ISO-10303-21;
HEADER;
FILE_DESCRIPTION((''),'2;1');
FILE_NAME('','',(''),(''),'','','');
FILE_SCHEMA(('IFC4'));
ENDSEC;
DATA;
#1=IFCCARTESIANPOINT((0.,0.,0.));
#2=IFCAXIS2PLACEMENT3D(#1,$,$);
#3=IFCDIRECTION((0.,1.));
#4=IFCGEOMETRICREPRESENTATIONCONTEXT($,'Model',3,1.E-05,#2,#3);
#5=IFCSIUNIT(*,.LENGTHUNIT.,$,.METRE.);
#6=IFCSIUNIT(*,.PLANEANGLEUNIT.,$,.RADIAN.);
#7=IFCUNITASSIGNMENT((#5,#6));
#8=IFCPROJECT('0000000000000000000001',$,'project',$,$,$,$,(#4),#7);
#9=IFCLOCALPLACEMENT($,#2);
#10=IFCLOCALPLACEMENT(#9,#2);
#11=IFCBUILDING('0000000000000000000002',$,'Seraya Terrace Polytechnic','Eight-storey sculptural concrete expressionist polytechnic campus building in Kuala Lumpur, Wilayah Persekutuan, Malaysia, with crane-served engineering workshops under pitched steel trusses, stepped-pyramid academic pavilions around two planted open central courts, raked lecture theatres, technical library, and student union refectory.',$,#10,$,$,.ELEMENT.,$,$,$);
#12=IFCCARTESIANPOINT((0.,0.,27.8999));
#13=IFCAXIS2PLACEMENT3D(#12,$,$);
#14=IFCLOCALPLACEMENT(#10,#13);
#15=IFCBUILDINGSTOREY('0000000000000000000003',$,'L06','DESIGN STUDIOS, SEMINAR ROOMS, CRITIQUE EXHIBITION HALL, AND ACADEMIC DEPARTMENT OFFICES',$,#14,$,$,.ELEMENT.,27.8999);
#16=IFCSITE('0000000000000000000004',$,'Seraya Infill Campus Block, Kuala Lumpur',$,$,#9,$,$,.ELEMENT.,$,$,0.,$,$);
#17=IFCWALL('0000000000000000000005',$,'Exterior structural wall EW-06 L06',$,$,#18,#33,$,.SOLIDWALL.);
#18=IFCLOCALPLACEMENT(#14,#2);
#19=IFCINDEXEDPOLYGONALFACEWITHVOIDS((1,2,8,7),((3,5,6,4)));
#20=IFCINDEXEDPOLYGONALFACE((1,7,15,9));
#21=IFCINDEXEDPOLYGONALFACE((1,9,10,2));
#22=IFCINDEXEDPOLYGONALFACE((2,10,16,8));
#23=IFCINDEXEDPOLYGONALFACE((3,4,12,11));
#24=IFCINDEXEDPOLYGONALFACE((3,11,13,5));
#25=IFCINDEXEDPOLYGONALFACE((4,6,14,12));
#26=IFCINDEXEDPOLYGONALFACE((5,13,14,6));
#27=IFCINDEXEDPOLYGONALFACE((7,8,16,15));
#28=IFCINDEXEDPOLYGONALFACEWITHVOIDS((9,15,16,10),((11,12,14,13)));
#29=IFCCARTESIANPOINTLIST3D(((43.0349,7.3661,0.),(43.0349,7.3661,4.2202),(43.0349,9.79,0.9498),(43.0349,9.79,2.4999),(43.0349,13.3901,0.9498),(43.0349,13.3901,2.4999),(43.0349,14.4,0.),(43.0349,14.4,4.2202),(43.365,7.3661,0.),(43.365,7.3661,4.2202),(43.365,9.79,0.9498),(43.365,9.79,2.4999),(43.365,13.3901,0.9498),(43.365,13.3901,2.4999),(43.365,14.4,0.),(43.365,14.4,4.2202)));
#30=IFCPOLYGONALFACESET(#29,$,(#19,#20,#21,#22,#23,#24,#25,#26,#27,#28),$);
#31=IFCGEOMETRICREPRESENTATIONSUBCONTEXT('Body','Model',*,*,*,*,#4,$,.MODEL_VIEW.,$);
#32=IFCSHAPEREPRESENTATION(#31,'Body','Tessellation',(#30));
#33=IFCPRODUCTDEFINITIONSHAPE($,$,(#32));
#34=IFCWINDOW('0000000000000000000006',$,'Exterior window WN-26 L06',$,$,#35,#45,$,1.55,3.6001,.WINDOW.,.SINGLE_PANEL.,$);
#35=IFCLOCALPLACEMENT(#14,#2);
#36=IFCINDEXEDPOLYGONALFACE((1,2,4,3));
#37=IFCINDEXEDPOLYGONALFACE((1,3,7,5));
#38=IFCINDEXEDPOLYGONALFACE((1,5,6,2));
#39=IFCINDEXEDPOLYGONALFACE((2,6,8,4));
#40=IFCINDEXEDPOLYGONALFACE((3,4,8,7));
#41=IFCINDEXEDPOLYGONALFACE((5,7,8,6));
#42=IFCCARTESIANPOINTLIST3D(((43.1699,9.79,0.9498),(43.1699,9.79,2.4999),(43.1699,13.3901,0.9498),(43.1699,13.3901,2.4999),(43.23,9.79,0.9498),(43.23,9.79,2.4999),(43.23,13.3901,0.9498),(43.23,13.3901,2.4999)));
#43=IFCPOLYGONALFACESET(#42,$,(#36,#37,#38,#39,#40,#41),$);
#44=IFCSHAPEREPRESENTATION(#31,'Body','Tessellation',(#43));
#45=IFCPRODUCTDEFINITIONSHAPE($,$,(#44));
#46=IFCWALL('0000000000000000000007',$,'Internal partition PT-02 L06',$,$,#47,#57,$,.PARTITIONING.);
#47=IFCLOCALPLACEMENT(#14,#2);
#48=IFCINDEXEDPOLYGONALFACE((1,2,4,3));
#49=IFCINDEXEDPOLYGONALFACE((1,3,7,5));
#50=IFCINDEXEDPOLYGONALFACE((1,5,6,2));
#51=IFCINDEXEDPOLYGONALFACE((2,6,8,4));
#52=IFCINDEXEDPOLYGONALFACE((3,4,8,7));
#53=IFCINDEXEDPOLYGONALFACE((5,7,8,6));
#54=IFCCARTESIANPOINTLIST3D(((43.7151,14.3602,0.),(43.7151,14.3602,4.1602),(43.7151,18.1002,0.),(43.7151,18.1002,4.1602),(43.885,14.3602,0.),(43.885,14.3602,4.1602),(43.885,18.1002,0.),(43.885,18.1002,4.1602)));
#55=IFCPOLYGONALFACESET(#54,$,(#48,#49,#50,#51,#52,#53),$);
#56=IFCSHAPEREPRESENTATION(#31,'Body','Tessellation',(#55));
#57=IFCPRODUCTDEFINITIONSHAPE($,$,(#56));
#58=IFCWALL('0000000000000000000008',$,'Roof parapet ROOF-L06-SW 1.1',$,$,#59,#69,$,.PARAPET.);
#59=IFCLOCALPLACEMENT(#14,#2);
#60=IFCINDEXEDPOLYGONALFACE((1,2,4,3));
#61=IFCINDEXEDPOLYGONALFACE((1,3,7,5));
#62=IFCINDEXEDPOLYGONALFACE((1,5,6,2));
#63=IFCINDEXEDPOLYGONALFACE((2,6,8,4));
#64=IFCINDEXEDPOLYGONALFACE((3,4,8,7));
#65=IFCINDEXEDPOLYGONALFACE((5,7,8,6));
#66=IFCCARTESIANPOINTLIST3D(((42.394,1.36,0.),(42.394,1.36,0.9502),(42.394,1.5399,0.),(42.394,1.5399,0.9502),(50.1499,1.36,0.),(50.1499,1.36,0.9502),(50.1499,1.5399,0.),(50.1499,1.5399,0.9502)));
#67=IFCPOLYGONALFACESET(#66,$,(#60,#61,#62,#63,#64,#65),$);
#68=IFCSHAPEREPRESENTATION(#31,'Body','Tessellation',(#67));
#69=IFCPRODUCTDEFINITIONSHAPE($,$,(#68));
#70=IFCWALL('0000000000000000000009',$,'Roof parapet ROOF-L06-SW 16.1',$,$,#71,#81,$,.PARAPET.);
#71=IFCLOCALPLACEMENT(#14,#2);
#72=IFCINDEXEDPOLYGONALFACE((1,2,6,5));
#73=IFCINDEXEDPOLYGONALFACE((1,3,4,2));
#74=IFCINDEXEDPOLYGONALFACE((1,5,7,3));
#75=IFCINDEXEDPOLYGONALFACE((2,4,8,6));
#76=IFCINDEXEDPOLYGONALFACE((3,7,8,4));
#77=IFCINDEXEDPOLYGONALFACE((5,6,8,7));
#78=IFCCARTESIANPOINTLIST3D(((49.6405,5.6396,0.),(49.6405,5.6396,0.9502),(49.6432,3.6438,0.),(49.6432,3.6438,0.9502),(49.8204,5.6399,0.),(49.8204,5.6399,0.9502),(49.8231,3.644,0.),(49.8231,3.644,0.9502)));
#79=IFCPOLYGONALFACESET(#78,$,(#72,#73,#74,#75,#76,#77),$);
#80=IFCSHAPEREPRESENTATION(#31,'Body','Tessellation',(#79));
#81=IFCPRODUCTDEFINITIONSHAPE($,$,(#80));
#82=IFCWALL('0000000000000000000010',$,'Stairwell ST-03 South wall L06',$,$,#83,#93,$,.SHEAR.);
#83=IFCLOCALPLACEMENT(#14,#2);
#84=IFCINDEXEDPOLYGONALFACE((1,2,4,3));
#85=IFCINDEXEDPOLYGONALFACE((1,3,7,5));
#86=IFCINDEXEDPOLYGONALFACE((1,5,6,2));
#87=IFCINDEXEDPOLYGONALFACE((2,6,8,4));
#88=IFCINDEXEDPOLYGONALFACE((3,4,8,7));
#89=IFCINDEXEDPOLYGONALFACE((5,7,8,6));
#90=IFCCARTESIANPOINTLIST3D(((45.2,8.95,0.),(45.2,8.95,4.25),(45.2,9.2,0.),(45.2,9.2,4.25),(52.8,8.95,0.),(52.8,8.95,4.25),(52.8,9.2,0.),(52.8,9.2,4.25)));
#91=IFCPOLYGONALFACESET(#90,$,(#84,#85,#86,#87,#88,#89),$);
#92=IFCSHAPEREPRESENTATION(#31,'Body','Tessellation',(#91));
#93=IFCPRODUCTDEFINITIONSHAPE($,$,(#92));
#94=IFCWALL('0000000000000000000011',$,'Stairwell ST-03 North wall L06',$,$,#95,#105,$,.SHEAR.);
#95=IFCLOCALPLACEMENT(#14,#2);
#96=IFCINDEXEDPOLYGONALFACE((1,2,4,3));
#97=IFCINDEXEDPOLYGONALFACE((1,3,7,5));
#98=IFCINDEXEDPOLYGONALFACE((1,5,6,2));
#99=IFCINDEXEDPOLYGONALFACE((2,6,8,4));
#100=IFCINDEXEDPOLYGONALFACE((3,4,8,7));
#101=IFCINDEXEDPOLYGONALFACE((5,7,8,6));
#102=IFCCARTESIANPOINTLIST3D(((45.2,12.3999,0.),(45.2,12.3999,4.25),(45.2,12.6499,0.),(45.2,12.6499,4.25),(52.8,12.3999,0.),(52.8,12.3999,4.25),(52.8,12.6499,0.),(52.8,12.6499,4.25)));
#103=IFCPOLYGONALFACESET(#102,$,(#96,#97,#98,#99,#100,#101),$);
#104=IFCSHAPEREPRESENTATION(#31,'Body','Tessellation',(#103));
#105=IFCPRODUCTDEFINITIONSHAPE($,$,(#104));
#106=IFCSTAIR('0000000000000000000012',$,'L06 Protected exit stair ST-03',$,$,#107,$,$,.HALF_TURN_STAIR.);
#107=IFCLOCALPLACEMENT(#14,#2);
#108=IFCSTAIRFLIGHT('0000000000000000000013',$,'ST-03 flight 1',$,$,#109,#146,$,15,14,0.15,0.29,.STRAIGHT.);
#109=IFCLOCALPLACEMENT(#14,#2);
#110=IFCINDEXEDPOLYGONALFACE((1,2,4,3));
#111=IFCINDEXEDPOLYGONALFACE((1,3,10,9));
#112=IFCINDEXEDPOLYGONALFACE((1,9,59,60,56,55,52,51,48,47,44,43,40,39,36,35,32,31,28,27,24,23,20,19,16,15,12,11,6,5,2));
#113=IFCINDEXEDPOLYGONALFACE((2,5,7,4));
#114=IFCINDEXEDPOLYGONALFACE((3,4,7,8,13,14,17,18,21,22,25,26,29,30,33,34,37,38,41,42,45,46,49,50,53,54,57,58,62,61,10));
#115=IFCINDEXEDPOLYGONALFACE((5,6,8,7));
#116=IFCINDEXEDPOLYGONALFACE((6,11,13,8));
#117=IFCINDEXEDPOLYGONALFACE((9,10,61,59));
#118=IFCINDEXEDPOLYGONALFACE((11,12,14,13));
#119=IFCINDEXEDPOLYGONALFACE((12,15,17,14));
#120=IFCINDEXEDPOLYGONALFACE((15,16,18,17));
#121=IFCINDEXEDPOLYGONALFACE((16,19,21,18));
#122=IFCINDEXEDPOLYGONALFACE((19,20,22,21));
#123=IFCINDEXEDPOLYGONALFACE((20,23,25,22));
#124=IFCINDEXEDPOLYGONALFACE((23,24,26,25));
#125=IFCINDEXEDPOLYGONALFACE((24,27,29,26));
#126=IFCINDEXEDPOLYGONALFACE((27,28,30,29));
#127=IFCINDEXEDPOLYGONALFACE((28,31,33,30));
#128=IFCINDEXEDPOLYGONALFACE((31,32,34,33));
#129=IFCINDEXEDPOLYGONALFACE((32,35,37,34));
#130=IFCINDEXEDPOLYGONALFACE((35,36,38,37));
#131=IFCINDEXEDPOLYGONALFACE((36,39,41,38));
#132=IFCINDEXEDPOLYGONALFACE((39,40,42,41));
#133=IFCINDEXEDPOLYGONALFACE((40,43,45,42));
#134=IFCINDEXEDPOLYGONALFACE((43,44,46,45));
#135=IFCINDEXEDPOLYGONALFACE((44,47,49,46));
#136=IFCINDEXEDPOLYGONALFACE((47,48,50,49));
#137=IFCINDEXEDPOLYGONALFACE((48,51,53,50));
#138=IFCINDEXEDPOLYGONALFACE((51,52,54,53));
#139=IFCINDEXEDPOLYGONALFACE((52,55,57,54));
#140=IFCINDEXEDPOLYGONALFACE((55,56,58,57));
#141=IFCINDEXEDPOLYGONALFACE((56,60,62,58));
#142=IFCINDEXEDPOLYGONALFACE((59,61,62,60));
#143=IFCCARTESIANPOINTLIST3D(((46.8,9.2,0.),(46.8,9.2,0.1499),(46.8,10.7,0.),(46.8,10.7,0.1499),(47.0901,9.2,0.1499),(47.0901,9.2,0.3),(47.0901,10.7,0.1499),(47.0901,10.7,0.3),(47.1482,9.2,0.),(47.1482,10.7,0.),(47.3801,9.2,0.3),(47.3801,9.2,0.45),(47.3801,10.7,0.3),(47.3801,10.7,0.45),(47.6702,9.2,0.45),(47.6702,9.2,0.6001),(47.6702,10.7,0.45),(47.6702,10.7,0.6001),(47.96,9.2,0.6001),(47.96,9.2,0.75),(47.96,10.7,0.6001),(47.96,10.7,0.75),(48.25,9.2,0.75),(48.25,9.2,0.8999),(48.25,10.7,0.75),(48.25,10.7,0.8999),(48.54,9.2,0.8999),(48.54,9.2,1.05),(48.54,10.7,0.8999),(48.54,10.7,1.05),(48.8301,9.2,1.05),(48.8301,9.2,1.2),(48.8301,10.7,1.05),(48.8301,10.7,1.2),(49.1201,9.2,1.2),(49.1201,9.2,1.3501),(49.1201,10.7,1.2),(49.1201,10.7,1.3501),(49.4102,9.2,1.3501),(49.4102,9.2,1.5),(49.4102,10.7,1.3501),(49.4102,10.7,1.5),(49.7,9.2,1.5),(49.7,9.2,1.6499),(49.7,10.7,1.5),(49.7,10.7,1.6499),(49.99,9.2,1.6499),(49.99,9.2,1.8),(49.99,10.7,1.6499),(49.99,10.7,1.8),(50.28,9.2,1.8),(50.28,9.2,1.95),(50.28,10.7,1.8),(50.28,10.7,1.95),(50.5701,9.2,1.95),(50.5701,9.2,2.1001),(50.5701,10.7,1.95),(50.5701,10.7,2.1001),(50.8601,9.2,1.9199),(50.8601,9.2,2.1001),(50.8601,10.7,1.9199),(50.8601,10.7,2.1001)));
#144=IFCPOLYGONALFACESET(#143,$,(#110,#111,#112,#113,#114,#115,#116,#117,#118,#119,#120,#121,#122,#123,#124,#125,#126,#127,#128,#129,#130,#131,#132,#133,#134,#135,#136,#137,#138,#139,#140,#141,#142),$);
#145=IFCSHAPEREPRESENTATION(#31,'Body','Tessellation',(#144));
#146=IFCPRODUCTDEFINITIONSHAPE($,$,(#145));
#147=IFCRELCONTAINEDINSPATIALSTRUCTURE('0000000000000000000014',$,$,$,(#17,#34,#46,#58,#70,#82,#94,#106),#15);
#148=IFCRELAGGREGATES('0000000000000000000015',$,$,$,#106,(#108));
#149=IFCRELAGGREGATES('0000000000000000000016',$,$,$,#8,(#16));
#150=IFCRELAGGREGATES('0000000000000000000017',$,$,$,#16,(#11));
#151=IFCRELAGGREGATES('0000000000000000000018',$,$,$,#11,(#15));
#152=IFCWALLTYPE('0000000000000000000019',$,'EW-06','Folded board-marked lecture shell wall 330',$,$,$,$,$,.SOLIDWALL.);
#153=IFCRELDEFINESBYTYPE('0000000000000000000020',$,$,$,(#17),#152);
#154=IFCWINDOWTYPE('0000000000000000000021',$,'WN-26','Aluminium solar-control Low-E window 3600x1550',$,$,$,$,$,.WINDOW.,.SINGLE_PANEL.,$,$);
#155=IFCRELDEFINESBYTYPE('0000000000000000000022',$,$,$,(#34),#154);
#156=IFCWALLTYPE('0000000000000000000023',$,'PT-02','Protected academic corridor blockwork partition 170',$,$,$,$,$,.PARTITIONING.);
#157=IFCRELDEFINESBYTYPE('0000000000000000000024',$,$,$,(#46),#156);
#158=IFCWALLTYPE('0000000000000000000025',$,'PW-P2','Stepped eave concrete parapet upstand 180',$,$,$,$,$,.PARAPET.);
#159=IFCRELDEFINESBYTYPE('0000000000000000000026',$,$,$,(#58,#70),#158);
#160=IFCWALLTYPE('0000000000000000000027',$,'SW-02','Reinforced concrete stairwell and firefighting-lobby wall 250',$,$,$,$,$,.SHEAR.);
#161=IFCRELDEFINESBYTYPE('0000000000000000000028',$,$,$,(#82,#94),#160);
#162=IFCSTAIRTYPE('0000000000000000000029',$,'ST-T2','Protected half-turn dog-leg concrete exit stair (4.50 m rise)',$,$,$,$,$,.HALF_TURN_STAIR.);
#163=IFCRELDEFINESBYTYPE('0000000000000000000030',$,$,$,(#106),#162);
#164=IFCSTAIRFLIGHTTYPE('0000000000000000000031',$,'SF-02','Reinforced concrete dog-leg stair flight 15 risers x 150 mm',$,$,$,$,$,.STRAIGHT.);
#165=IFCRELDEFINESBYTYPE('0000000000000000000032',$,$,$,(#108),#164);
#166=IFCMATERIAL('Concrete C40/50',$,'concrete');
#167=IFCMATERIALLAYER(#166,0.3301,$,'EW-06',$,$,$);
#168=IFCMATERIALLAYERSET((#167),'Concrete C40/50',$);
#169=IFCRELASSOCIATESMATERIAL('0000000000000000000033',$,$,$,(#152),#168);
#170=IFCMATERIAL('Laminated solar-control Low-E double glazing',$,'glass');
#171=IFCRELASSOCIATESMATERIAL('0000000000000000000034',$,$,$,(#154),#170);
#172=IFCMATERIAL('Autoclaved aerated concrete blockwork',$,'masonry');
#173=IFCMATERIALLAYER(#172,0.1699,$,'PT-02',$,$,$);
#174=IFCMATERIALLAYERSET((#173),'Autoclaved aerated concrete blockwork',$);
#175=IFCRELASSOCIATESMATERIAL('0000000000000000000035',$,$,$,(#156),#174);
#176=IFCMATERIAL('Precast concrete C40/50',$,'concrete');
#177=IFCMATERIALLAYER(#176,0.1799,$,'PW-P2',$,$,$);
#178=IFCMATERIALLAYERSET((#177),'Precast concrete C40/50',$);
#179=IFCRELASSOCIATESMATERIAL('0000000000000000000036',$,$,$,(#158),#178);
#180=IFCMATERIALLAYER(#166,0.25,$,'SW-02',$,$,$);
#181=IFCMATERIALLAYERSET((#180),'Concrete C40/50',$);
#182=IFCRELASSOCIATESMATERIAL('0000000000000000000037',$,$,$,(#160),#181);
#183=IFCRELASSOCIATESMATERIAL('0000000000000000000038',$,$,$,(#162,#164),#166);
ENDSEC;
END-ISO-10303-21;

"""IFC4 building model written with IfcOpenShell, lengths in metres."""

from ifc_helpers import new_model, si_unit, direction, frame, frame_2d, origin, place, context, subcontext, project, spatial, polyline, rectangle, outline, extrude, material, layer, layer_set, type_object, element, fill, aggregate, save


model = new_model("IFC4")

# Units and contexts
model_context = context("Model", 3, precision=1e-05, world=origin(), true_north=direction((0.0, 1.0)))
body_context = subcontext(model_context, "Body", "Model", "MODEL_VIEW")
ifc_project = project(units=[si_unit("LENGTHUNIT", "METRE"), si_unit("PLANEANGLEUNIT", "RADIAN")], contexts=[model_context])

# Site, building, storey
site_placement = place(None, origin())
site = spatial("IfcSite", under=ifc_project, at=site_placement, Name="Seraya Infill Campus Block, Kuala Lumpur", CompositionType="ELEMENT", RefElevation=0.0)
building_placement = place(site_placement, origin())
building = spatial("IfcBuilding", under=site, at=building_placement, Name="Seraya Terrace Polytechnic", Description="Eight-storey sculptural concrete expressionist polytechnic campus building in Kuala Lumpur, Wilayah Persekutuan, Malaysia, with crane-served engineering workshops under pitched steel trusses, stepped-pyramid academic pavilions around two planted open central courts, raked lecture theatres, technical library, and student union refectory.", CompositionType="ELEMENT")
storey_placement = place(building_placement, frame((0.0, 0.0, 27.8999)))
storey = spatial("IfcBuildingStorey", under=building, at=storey_placement, Name="L06", Description="DESIGN STUDIOS, SEMINAR ROOMS, CRITIQUE EXHIBITION HALL, AND ACADEMIC DEPARTMENT OFFICES", CompositionType="ELEMENT", Elevation=27.8999)

# Shared definitions
ifc_material_1 = material(Name="Concrete C40/50", Category="concrete")

# Wall, opening, window
ifc_material_2 = material(Name="Precast concrete C40/50", Category="concrete")
ifc_material_3 = material(Name="Laminated solar-control Low-E double glazing", Category="glass")
ifc_layer_1 = layer(ifc_material_1, 0.3301, Name="EW-06")
ifc_layer_set_1 = layer_set([ifc_layer_1], Name="Concrete C40/50")
wall_type_1 = type_object("IfcWallType", Name="EW-06", Description="Folded board-marked lecture shell wall 330", PredefinedType="SOLIDWALL", material=ifc_layer_set_1)
wall_1_placement = place(storey_placement, frame((43.2, 7.366, 0.0), z_axis=(0.0, 0.0, 1.0), x_axis=(0.0, 1.0, 0.0)))
wall_1 = element("IfcWall", 1, at=wall_1_placement, inside=storey, type_object=wall_type_1, Name="Exterior structural wall EW-06 L06", PredefinedType="SOLIDWALL", context=body_context, shape_type="SweptSolid", body=[
    extrude(rectangle(XDim=7.0339, YDim=0.3301, at=frame_2d((3.5171, 0.0))), origin(), (0.0, 0.0, 1.0), 4.2202),
])
opening_1_placement = place(wall_1_placement, frame((2.4241, 0.0, 0.95)))
opening_1 = element("IfcOpeningElement", 2, at=opening_1_placement, cuts=wall_1, PredefinedType="OPENING", context=body_context, shape_type="SweptSolid", body=[
    extrude(rectangle(XDim=3.6001, YDim=1.55, at=frame_2d((1.8, 0.7749))), frame((0.0, 0.177, 0.0), z_axis=(0.0, -1.0, 0.0), x_axis=(1.0, 0.0, 0.0)), (0.0, 0.0, 1.0), 0.354),
])
window_type_1 = type_object("IfcWindowType", Name="WN-26", Description="Aluminium solar-control Low-E window 3600x1550", PartitioningType="SINGLE_PANEL", PredefinedType="WINDOW", material=ifc_material_3)
window_1_placement = place(opening_1_placement, origin())
window_1 = element("IfcWindow", 3, at=window_1_placement, inside=storey, type_object=window_type_1, Name="Exterior window WN-26 L06", OverallHeight=1.55, OverallWidth=3.6001, PartitioningType="SINGLE_PANEL", PredefinedType="WINDOW", context=body_context, shape_type="SweptSolid", body=[
    extrude(rectangle(XDim=3.6001, YDim=1.55, at=frame_2d((1.8, 0.7749))), frame((0.0, 0.03, 0.0), z_axis=(0.0, -1.0, 0.0), x_axis=(1.0, 0.0, 0.0)), (0.0, 0.0, 1.0), 0.0601),
])
fill(opening_1, window_1)

# Walls
ifc_material_4 = material(Name="Autoclaved aerated concrete blockwork", Category="masonry")
ifc_layer_2 = layer(ifc_material_4, 0.1699, Name="PT-02")
ifc_layer_set_2 = layer_set([ifc_layer_2], Name="Autoclaved aerated concrete blockwork")
wall_type_2 = type_object("IfcWallType", Name="PT-02", Description="Protected academic corridor blockwork partition 170", PredefinedType="PARTITIONING", material=ifc_layer_set_2)
wall_2_placement = place(storey_placement, frame((43.8, 14.3601, 0.0), z_axis=(0.0, 0.0, 1.0), x_axis=(0.0, 1.0, 0.0)))
element("IfcWall", 4, at=wall_2_placement, inside=storey, type_object=wall_type_2, Name="Internal partition PT-02 L06", PredefinedType="PARTITIONING", context=body_context, shape_type="SweptSolid", body=[
    extrude(rectangle(XDim=3.74, YDim=0.1699, at=frame_2d((1.8701, 0.0))), origin(), (0.0, 0.0, 1.0), 4.1602),
])
ifc_layer_3 = layer(ifc_material_2, 0.1799, Name="PW-P2")
ifc_layer_set_3 = layer_set([ifc_layer_3], Name="Precast concrete C40/50")
wall_type_3 = type_object("IfcWallType", Name="PW-P2", Description="Stepped eave concrete parapet upstand 180", PredefinedType="PARAPET", material=ifc_layer_set_3)
wall_3_placement = place(storey_placement, frame((50.1499, 1.45, 0.0), z_axis=(0.0, 0.0, 1.0), x_axis=(-1.0, 0.0, 0.0)))
element("IfcWall", 5, at=wall_3_placement, inside=storey, type_object=wall_type_3, Name="Roof parapet ROOF-L06-SW 1.1", PredefinedType="PARAPET", context=body_context, shape_type="SweptSolid", body=[
    extrude(rectangle(XDim=7.7559, YDim=0.1799, at=frame_2d((3.8779, 0.0))), origin(), (0.0, 0.0, 1.0), 0.9502),
])
wall_4_placement = place(storey_placement, frame((49.7305, 5.6399, 0.0), z_axis=(0.0, 0.0, 1.0), x_axis=(0.001346, -0.999999, 0.0)))
element("IfcWall", 6, at=wall_4_placement, inside=storey, type_object=wall_type_3, Name="Roof parapet ROOF-L06-SW 16.1", PredefinedType="PARAPET", context=body_context, shape_type="SweptSolid", body=[
    extrude(rectangle(XDim=1.9958, YDim=0.1799, at=frame_2d((0.998, 0.0))), origin(), (0.0, 0.0, 1.0), 0.9502),
])

# Shared definitions
ifc_layer_4 = layer(ifc_material_1, 0.25, Name="SW-02")
ifc_layer_set_4 = layer_set([ifc_layer_4], Name="Concrete C40/50")
wall_type_4 = type_object("IfcWallType", Name="SW-02", Description="Reinforced concrete stairwell and firefighting-lobby wall 250", PredefinedType="SHEAR", material=ifc_layer_set_4)

# Walls
for number, where, z_axis, x_axis, name in (
    (7, (45.2, 9.075, 0.0), (0.0, 0.0, 1.0), (1.0, 0.0, 0.0), "Stairwell ST-03 South wall L06"),
    (8, (45.2, 12.5249, 0.0), (0.0, 0.0, 1.0), (1.0, 0.0, 0.0), "Stairwell ST-03 North wall L06"),
):
    element("IfcWall", number, at=place(storey_placement, frame(where, z_axis=z_axis, x_axis=x_axis)), inside=storey, type_object=wall_type_4, Name=name, PredefinedType="SHEAR", context=body_context, shape_type="SweptSolid", body=[
        extrude(rectangle(XDim=7.6001, YDim=0.25, at=frame_2d((3.8, 0.0))), origin(), (0.0, 0.0, 1.0), 4.25),
    ])

# Stair, stair flight
stair_type = type_object("IfcStairType", Name="ST-T2", Description="Protected half-turn dog-leg concrete exit stair (4.50 m rise)", PredefinedType="HALF_TURN_STAIR", material=ifc_material_1)
stair_placement = place(storey_placement, origin())
stair = element("IfcStair", 9, at=stair_placement, inside=storey, type_object=stair_type, Name="L06 Protected exit stair ST-03", PredefinedType="HALF_TURN_STAIR")
stair_flight_type = type_object("IfcStairFlightType", Name="SF-02", Description="Reinforced concrete dog-leg stair flight 15 risers x 150 mm", PredefinedType="STRAIGHT", material=ifc_material_1)
stair_flight_1_placement = place(storey_placement, frame((46.8, 9.95, 0.0), z_axis=(0.0, 0.0, 1.0), x_axis=(1.0, 0.0, 0.0)))
stair_flight_1 = element("IfcStairFlight", 10, at=stair_flight_1_placement, type_object=stair_flight_type, Name="ST-03 flight 1", NumberOfRisers=15, NumberOfTreads=14, PredefinedType="STRAIGHT", RiserHeight=0.15, TreadLength=0.29, context=body_context, shape_type="SweptSolid", body=[
    extrude(outline(polyline([(0.0, 0.0), (0.0, 0.1499), (0.29, 0.1499), (0.29, 0.3), (0.5801, 0.3), (0.5801, 0.45), (0.8701, 0.45), (0.8701, 0.6001), (1.1599, 0.6001), (1.1599, 0.75), (1.45, 0.75), (1.45, 0.8999), (1.74, 0.8999), (1.74, 1.05), (2.03, 1.05), (2.03, 1.2), (2.3201, 1.2), (2.3201, 1.3501), (2.6101, 1.3501), (2.6101, 1.5), (2.8999, 1.5), (2.8999, 1.6499), (3.1899, 1.6499), (3.1899, 1.8), (3.48, 1.8), (3.48, 1.95), (3.77, 1.95), (3.77, 2.1001), (4.0601, 2.1001), (4.0601, 2.25), (4.0601, 1.9199), (0.3481, 0.0), (0.0, 0.0)])), frame((0.0, 0.75, 0.0), z_axis=(0.0, -1.0, 0.0), x_axis=(1.0, 0.0, 0.0)), (0.0, 0.0, 1.0), 1.5),
])
aggregate(stair, [stair_flight_1])

save(model, "model.ifc")
